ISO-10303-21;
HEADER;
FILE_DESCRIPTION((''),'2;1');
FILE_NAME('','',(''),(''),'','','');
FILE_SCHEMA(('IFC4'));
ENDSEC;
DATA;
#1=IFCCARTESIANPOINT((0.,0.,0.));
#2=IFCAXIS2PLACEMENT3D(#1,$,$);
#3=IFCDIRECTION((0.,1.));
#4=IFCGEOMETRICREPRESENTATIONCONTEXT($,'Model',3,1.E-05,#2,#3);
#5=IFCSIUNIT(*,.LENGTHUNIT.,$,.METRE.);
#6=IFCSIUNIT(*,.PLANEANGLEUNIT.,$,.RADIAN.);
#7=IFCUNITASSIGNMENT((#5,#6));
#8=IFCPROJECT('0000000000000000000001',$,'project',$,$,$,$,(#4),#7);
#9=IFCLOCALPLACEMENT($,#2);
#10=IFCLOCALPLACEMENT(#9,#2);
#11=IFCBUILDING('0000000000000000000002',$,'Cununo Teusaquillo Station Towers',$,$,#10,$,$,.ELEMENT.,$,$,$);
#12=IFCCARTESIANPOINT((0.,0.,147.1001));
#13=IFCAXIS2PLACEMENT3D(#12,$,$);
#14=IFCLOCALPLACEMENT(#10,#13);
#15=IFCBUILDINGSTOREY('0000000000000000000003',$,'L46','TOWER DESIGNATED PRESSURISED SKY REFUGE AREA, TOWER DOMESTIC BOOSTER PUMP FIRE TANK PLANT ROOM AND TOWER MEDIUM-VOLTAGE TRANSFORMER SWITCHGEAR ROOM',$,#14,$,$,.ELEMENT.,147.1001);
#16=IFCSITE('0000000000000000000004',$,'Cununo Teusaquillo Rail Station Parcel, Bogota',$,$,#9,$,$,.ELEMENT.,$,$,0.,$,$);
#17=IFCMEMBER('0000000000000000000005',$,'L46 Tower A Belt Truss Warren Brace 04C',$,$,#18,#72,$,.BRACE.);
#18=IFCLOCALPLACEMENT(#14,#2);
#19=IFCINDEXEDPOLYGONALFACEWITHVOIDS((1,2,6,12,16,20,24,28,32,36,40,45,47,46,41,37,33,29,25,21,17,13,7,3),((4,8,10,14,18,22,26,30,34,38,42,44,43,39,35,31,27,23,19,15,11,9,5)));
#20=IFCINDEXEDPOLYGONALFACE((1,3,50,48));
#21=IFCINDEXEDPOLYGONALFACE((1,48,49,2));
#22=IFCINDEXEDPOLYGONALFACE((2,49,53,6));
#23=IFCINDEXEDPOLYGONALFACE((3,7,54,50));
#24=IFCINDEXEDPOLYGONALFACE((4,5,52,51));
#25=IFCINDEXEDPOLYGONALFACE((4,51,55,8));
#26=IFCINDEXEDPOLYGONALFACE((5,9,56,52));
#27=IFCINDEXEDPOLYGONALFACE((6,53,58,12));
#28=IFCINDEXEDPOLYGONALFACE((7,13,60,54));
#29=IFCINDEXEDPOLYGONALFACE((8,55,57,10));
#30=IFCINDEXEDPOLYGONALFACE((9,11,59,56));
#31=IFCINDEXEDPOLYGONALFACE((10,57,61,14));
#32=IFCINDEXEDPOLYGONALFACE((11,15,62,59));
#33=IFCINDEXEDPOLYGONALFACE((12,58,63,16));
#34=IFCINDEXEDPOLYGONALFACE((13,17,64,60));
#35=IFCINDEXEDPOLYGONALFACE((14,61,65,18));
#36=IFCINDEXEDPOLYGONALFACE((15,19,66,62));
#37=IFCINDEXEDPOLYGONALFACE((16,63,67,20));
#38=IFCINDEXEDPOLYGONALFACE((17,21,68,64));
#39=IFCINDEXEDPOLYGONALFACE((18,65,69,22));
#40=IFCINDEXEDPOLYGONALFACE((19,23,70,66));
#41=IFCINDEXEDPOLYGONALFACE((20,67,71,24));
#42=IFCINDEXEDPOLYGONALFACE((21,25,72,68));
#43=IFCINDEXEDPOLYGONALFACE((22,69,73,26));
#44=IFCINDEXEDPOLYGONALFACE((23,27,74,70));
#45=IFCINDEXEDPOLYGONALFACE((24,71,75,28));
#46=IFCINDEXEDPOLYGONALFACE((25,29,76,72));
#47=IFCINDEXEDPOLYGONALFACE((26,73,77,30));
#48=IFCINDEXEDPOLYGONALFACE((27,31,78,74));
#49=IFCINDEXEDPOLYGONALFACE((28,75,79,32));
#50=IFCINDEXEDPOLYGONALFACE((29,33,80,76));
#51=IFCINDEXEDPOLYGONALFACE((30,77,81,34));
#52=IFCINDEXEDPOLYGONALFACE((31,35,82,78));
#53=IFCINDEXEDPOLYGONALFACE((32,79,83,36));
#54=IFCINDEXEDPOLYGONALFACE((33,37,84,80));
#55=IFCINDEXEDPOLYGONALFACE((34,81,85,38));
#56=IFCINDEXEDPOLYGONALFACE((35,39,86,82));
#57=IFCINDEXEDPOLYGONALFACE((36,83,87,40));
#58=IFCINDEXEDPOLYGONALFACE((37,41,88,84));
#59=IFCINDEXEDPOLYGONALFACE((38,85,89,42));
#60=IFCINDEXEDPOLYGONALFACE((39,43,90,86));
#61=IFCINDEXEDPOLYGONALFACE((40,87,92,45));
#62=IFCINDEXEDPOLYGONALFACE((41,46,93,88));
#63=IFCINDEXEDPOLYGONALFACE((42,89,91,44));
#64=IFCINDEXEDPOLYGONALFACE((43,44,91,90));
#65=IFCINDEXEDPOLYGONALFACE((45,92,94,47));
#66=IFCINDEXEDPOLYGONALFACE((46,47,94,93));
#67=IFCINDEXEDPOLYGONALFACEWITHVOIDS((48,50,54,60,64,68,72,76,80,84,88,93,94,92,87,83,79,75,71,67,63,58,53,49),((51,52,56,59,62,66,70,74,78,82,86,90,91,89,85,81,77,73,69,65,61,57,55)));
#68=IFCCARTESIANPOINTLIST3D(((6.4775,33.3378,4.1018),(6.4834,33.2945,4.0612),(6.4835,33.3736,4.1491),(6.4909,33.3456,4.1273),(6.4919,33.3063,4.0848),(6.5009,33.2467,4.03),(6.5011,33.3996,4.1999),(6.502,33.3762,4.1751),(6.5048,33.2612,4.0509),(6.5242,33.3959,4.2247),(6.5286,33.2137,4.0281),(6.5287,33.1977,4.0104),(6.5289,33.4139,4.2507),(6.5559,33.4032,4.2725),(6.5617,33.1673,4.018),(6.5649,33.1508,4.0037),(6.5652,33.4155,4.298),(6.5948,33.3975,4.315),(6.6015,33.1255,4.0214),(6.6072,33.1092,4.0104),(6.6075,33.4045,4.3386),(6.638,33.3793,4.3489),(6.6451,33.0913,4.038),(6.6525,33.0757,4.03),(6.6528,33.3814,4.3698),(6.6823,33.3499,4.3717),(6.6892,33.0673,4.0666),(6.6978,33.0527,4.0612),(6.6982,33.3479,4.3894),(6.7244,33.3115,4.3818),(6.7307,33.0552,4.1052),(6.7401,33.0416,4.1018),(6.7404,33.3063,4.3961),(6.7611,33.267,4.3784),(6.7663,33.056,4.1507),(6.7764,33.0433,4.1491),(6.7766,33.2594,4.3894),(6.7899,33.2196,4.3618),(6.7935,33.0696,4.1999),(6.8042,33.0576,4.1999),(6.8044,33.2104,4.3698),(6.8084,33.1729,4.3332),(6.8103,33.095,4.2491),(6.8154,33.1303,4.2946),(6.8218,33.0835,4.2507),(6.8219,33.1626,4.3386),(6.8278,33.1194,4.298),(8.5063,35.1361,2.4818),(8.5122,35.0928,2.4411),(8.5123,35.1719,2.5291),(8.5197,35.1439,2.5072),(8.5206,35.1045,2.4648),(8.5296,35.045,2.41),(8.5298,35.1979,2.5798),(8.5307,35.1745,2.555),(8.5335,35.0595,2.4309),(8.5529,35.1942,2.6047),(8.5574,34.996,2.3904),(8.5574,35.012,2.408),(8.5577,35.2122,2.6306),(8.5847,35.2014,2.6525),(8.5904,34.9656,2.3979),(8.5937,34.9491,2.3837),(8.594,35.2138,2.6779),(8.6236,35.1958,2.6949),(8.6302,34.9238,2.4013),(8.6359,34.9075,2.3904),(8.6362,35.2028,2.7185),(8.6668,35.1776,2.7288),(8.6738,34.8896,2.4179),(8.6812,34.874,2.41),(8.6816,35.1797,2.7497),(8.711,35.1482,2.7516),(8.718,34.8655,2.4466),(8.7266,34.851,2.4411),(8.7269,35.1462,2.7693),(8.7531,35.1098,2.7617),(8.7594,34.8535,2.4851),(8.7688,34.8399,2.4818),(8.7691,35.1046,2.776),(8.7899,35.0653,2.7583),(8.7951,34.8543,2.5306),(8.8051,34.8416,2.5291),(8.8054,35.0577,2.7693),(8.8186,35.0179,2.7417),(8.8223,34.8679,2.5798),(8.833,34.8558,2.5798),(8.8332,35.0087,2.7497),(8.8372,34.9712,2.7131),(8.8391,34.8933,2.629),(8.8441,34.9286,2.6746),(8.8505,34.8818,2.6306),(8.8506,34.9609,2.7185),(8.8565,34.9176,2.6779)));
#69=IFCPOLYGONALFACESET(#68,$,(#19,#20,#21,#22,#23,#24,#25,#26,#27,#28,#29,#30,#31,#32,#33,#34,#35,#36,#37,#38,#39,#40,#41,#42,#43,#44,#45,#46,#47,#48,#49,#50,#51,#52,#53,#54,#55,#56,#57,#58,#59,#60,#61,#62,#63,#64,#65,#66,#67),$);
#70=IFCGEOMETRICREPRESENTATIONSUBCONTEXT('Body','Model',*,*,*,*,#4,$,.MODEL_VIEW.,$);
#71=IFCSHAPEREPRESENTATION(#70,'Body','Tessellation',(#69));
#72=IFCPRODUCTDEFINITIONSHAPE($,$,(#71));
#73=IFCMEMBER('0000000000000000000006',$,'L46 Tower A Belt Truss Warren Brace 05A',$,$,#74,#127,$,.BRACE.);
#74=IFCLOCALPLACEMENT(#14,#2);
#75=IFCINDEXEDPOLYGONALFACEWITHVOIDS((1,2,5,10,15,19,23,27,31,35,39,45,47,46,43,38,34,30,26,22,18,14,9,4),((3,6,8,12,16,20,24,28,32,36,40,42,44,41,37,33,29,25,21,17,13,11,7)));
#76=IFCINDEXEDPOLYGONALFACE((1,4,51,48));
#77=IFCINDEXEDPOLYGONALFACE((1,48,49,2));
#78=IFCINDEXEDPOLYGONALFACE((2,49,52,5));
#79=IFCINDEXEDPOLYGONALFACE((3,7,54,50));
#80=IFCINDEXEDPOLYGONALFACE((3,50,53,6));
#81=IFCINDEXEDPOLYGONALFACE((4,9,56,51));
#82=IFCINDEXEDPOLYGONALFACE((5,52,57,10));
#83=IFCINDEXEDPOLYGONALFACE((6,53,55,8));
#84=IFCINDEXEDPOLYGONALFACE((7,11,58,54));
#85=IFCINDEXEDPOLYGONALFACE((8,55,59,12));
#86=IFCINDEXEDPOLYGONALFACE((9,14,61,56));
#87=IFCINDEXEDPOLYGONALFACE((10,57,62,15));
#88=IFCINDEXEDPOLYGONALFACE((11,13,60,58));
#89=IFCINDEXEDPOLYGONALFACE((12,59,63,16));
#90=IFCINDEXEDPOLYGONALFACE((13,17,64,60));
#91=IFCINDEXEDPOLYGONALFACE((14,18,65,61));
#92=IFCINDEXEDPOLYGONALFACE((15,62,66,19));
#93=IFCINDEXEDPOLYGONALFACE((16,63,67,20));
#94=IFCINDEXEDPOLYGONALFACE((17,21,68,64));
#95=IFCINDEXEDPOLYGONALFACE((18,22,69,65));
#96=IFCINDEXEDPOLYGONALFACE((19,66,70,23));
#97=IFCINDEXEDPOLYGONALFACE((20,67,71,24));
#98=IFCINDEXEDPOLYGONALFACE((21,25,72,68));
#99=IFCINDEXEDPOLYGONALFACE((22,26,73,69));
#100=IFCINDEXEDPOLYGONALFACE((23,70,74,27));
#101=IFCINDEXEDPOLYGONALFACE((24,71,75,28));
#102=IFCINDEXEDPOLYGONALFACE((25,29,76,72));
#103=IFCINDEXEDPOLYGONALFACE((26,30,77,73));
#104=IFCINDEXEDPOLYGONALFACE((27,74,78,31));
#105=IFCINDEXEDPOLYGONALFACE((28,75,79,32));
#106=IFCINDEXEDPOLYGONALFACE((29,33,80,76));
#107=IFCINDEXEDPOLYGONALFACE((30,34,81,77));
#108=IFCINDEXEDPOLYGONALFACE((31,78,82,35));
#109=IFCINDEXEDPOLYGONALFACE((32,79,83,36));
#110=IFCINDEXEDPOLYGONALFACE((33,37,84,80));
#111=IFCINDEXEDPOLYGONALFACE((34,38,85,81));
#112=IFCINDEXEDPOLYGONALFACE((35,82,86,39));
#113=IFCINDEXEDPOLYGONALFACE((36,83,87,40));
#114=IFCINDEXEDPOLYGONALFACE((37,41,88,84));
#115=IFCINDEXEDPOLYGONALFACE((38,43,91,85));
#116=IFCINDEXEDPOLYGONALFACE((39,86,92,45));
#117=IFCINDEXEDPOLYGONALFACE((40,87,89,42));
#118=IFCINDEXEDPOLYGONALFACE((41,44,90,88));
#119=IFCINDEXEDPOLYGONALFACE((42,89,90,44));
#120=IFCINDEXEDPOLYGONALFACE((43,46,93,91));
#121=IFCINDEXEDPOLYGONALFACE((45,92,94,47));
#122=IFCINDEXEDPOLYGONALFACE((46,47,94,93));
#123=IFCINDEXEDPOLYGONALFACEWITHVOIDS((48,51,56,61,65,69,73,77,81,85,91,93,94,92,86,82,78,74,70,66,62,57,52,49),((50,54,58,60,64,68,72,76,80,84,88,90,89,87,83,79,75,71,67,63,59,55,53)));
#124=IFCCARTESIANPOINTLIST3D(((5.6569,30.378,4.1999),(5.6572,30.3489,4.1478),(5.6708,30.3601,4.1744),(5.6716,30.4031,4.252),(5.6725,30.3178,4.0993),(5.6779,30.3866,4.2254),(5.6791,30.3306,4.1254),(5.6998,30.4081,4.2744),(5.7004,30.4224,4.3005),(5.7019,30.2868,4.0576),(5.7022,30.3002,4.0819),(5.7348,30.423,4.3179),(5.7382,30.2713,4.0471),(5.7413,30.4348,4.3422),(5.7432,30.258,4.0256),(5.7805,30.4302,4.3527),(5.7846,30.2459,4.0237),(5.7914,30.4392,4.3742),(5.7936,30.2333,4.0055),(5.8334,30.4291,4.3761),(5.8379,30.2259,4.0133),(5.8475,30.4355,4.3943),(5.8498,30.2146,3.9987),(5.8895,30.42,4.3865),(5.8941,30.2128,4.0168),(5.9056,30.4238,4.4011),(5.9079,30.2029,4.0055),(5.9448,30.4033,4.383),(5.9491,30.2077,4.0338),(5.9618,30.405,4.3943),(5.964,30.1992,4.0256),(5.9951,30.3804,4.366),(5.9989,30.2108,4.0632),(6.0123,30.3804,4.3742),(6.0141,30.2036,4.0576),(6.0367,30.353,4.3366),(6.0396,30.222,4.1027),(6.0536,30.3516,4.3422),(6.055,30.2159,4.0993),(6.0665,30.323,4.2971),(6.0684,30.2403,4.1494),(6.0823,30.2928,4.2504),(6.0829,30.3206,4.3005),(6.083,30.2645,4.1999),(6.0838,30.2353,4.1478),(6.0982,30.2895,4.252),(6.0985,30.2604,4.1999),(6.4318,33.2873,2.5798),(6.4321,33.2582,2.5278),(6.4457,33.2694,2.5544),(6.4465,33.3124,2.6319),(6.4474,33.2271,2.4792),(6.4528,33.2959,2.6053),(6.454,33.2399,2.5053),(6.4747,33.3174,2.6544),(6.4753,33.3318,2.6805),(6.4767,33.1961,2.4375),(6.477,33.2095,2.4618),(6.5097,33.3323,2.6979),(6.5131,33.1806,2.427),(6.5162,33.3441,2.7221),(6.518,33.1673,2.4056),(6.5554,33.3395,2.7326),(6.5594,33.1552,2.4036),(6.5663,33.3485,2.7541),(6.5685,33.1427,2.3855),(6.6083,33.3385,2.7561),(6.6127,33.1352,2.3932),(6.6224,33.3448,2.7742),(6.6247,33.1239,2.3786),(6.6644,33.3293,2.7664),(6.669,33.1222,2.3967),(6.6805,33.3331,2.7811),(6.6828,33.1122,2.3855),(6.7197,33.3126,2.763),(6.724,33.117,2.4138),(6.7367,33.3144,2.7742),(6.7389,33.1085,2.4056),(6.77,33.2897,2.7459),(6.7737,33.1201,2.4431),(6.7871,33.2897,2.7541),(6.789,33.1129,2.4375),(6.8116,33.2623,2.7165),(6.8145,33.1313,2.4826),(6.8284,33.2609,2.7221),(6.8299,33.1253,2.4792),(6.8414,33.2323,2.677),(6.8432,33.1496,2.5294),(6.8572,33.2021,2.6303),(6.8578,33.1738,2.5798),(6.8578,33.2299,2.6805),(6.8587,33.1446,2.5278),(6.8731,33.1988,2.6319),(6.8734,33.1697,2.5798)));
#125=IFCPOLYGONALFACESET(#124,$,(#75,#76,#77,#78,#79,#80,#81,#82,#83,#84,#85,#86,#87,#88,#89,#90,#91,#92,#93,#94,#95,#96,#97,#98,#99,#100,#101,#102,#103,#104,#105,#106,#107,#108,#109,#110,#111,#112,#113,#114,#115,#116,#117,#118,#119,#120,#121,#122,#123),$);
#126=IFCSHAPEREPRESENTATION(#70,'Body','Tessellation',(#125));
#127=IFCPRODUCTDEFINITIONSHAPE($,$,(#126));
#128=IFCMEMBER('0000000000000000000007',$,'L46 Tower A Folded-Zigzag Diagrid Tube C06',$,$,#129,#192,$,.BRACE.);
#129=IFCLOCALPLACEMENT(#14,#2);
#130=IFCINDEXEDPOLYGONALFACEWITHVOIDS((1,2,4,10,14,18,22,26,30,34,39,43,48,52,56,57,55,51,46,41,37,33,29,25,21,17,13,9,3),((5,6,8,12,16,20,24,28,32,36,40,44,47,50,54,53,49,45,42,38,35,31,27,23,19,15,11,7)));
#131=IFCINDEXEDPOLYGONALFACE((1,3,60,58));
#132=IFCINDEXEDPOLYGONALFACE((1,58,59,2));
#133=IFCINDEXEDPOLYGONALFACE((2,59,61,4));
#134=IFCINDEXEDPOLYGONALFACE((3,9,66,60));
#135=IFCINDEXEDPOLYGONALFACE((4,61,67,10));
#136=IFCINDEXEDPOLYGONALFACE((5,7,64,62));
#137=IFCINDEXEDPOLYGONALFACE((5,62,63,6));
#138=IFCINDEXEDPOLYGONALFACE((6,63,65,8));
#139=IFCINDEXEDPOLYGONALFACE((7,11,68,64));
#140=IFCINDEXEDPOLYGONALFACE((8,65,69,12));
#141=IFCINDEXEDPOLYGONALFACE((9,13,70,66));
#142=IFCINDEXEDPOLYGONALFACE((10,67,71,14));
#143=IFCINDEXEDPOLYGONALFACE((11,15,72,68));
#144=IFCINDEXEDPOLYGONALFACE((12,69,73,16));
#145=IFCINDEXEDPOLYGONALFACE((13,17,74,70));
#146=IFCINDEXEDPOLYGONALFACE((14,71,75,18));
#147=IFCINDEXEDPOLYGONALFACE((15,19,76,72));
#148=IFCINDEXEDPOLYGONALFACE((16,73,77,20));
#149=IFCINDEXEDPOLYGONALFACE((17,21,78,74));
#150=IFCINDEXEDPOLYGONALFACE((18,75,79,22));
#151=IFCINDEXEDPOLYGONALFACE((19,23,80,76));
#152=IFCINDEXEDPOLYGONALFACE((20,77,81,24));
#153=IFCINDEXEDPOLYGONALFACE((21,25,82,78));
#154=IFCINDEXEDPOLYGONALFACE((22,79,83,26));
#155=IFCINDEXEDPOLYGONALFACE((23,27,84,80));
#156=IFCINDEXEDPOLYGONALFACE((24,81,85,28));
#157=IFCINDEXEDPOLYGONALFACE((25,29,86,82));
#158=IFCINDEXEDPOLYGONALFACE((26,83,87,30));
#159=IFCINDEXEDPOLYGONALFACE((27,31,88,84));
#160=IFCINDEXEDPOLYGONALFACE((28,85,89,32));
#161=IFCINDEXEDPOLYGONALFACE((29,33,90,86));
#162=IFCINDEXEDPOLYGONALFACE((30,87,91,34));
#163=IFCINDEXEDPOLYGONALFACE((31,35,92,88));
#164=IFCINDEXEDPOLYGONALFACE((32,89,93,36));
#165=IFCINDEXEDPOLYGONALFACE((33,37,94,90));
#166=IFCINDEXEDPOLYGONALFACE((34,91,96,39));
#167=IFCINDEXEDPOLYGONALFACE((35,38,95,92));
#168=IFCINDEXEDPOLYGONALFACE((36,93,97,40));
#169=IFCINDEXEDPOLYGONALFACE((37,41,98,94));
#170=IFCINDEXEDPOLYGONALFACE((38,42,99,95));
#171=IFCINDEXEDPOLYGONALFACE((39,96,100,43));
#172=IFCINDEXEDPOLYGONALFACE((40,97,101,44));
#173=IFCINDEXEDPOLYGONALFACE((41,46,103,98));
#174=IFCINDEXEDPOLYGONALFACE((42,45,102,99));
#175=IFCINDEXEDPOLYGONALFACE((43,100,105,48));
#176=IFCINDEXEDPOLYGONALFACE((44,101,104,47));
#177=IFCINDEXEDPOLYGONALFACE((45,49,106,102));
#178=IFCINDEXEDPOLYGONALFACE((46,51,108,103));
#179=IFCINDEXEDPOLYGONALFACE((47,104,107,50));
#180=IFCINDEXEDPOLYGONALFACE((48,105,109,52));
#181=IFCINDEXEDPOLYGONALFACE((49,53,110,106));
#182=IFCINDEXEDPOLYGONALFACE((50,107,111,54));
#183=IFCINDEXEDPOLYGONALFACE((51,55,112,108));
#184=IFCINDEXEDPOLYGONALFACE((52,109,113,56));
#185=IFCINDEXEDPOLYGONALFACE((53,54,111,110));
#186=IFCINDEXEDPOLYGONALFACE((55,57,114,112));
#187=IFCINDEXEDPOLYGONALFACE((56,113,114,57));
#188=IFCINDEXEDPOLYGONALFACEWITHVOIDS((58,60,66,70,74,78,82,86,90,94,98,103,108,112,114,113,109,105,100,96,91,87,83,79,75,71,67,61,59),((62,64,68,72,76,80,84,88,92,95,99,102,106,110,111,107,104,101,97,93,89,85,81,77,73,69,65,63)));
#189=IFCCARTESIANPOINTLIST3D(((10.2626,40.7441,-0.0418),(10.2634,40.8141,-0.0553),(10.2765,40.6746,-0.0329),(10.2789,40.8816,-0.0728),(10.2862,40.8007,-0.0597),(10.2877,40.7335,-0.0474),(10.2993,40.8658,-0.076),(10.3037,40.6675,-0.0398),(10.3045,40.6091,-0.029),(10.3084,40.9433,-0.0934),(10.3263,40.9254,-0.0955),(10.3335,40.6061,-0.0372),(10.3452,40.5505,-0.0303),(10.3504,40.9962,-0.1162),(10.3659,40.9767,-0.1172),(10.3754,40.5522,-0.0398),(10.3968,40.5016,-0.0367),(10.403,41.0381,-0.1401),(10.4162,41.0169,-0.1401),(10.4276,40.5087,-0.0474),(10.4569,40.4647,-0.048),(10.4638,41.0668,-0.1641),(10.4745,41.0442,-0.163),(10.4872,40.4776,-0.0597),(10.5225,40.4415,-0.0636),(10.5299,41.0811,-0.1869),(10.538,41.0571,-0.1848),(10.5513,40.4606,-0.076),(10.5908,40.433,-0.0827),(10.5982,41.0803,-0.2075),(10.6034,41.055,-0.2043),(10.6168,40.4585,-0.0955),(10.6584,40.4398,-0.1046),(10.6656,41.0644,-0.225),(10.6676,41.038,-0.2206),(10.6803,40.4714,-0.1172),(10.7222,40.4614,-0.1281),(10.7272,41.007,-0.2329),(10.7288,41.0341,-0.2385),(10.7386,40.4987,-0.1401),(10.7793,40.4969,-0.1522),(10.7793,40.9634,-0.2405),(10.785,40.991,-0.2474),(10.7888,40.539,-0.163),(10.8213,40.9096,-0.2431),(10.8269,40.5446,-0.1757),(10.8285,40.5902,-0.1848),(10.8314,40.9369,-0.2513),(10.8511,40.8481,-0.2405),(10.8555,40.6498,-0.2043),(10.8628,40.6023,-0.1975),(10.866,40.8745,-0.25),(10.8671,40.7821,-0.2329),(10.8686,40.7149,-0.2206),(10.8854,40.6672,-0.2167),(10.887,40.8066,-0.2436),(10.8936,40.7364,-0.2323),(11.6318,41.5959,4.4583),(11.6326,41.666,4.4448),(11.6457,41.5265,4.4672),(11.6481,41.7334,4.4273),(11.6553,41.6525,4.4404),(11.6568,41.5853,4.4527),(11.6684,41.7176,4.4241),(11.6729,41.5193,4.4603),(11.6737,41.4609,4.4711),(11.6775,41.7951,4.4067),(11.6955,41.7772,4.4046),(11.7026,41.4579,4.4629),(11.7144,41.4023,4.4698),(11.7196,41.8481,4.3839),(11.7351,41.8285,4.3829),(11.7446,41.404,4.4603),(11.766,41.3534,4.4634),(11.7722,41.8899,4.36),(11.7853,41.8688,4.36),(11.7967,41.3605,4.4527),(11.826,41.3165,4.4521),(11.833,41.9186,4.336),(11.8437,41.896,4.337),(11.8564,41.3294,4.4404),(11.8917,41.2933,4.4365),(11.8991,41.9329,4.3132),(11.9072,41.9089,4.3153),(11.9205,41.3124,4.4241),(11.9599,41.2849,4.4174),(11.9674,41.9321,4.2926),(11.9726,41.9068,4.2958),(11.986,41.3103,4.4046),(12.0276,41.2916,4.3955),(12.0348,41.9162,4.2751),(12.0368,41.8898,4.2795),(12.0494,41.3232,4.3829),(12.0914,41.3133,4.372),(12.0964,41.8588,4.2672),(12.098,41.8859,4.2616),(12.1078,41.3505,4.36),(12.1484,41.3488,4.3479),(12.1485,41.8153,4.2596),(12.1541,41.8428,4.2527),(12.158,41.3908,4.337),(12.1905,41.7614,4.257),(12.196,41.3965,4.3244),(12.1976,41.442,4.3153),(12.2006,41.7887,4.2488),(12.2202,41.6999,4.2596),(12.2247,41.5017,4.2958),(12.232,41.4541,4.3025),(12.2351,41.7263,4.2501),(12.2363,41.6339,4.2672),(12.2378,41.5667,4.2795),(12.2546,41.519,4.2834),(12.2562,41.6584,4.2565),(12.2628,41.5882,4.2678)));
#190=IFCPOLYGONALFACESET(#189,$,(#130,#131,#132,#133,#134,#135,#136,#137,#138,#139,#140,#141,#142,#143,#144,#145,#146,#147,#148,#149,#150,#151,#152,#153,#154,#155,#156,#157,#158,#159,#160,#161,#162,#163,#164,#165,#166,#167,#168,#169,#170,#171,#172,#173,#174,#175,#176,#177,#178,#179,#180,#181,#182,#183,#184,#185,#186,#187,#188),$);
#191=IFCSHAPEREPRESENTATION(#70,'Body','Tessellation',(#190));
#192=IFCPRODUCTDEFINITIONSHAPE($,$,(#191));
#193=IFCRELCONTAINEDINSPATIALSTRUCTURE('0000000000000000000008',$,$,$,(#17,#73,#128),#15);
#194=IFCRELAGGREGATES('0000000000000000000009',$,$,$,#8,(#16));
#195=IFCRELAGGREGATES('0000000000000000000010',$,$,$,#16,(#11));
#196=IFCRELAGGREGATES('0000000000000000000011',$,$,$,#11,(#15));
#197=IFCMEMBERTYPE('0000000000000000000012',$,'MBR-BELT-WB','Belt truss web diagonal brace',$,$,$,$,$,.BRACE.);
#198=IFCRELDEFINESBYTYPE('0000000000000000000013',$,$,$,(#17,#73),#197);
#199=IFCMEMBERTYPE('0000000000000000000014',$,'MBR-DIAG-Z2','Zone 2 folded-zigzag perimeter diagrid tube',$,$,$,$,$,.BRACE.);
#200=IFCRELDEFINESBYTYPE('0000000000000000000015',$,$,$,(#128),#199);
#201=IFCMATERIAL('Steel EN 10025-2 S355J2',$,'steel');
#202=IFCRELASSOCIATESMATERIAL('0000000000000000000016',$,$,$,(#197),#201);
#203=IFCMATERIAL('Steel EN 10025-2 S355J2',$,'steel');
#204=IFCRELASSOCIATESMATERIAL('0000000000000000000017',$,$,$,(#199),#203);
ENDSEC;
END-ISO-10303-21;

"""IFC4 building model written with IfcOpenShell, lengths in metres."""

from ifc_helpers import new_model, si_unit, direction, frame, origin, origin_2d, place, context, subcontext, project, spatial, hollow_circle, extrude, material, material_profile, profile_set, type_object, element, save


model = new_model("IFC4")

# Units and contexts
model_context = context("Model", 3, precision=1e-05, world=origin(), true_north=direction((0.0, 1.0)))
body_context = subcontext(model_context, "Body", "Model", "MODEL_VIEW")
ifc_project = project(units=[si_unit("LENGTHUNIT", "METRE"), si_unit("PLANEANGLEUNIT", "RADIAN")], contexts=[model_context])

# Site, building, storey
site_placement = place(None, origin())
site = spatial("IfcSite", under=ifc_project, at=site_placement, Name="Cununo Teusaquillo Rail Station Parcel, Bogota", CompositionType="ELEMENT", RefElevation=0.0)
building_placement = place(site_placement, origin())
building = spatial("IfcBuilding", under=site, at=building_placement, Name="Cununo Teusaquillo Station Towers", CompositionType="ELEMENT")
storey_placement = place(building_placement, frame((0.0, 0.0, 147.1001)))
storey = spatial("IfcBuildingStorey", under=building, at=storey_placement, Name="L46", Description="TOWER DESIGNATED PRESSURISED SKY REFUGE AREA, TOWER DOMESTIC BOOSTER PUMP FIRE TANK PLANT ROOM AND TOWER MEDIUM-VOLTAGE TRANSFORMER SWITCHGEAR ROOM", CompositionType="ELEMENT", Elevation=147.1001)

# Members
ifc_material_1 = material(Name="Steel EN 10025-2 S355J2", Category="steel")
ifc_material_profile_1 = material_profile(ifc_material_1, hollow_circle(Radius=0.2285, WallThickness=0.0161, at=origin_2d()), Name="CHS 457x16")
ifc_profile_set_1 = profile_set([ifc_material_profile_1], Name="Steel EN 10025-2 S355J2")
member_type_1 = type_object("IfcMemberType", Name="MBR-BELT-WB", Description="Belt truss web diagonal brace", PredefinedType="BRACE", material=ifc_profile_set_1)
member_1_placement = place(storey_placement, frame((8.6814, 35.0269, 2.5798), z_axis=(-0.642373, -0.569401, 0.512971), x_axis=(0.663324, -0.748333, 0.0)))
element("IfcMember", 1, at=member_1_placement, inside=storey, type_object=member_type_1, Name="L46 Tower A Belt Truss Warren Brace 04C", PredefinedType="BRACE", context=body_context, shape_type="SweptSolid", body=[
    extrude(hollow_circle(Radius=0.2285, WallThickness=0.0161, at=origin_2d()), origin(), (0.0, 0.0, 1.0), 3.1582),
])
member_2_placement = place(storey_placement, frame((6.6526, 33.2285, 2.5798), z_axis=(-0.226642, -0.850942, 0.473848), x_axis=(0.966313, -0.25737, 0.0)))
element("IfcMember", 2, at=member_2_placement, inside=storey, type_object=member_type_1, Name="L46 Tower A Belt Truss Warren Brace 05A", PredefinedType="BRACE", context=body_context, shape_type="SweptSolid", body=[
    extrude(hollow_circle(Radius=0.2285, WallThickness=0.0161, at=origin_2d()), origin(), (0.0, 0.0, 1.0), 3.4189),
])
ifc_material_2 = material(Name="Steel EN 10025-2 S355J2", Category="steel")
ifc_material_profile_2 = material_profile(ifc_material_2, hollow_circle(Radius=0.3301, WallThickness=0.0249, at=origin_2d()), Name="CHS 660x25")
ifc_profile_set_2 = profile_set([ifc_material_profile_2], Name="Steel EN 10025-2 S355J2")
member_type_2 = type_object("IfcMemberType", Name="MBR-DIAG-Z2", Description="Zone 2 folded-zigzag perimeter diagrid tube", PredefinedType="BRACE", material=ifc_profile_set_2)
member_3_placement = place(storey_placement, frame((10.5774, 40.7578, -0.1401), z_axis=(0.28642, 0.178196, 0.941387), x_axis=(-0.528256, 0.849085, 0.0)))
element("IfcMember", 3, at=member_3_placement, inside=storey, type_object=member_type_2, Name="L46 Tower A Folded-Zigzag Diagrid Tube C06", PredefinedType="BRACE", context=body_context, shape_type="SweptSolid", body=[
    extrude(hollow_circle(Radius=0.3301, WallThickness=0.0249, at=origin_2d()), origin(), (0.0, 0.0, 1.0), 4.7803),
])

save(model, "model.ifc")
